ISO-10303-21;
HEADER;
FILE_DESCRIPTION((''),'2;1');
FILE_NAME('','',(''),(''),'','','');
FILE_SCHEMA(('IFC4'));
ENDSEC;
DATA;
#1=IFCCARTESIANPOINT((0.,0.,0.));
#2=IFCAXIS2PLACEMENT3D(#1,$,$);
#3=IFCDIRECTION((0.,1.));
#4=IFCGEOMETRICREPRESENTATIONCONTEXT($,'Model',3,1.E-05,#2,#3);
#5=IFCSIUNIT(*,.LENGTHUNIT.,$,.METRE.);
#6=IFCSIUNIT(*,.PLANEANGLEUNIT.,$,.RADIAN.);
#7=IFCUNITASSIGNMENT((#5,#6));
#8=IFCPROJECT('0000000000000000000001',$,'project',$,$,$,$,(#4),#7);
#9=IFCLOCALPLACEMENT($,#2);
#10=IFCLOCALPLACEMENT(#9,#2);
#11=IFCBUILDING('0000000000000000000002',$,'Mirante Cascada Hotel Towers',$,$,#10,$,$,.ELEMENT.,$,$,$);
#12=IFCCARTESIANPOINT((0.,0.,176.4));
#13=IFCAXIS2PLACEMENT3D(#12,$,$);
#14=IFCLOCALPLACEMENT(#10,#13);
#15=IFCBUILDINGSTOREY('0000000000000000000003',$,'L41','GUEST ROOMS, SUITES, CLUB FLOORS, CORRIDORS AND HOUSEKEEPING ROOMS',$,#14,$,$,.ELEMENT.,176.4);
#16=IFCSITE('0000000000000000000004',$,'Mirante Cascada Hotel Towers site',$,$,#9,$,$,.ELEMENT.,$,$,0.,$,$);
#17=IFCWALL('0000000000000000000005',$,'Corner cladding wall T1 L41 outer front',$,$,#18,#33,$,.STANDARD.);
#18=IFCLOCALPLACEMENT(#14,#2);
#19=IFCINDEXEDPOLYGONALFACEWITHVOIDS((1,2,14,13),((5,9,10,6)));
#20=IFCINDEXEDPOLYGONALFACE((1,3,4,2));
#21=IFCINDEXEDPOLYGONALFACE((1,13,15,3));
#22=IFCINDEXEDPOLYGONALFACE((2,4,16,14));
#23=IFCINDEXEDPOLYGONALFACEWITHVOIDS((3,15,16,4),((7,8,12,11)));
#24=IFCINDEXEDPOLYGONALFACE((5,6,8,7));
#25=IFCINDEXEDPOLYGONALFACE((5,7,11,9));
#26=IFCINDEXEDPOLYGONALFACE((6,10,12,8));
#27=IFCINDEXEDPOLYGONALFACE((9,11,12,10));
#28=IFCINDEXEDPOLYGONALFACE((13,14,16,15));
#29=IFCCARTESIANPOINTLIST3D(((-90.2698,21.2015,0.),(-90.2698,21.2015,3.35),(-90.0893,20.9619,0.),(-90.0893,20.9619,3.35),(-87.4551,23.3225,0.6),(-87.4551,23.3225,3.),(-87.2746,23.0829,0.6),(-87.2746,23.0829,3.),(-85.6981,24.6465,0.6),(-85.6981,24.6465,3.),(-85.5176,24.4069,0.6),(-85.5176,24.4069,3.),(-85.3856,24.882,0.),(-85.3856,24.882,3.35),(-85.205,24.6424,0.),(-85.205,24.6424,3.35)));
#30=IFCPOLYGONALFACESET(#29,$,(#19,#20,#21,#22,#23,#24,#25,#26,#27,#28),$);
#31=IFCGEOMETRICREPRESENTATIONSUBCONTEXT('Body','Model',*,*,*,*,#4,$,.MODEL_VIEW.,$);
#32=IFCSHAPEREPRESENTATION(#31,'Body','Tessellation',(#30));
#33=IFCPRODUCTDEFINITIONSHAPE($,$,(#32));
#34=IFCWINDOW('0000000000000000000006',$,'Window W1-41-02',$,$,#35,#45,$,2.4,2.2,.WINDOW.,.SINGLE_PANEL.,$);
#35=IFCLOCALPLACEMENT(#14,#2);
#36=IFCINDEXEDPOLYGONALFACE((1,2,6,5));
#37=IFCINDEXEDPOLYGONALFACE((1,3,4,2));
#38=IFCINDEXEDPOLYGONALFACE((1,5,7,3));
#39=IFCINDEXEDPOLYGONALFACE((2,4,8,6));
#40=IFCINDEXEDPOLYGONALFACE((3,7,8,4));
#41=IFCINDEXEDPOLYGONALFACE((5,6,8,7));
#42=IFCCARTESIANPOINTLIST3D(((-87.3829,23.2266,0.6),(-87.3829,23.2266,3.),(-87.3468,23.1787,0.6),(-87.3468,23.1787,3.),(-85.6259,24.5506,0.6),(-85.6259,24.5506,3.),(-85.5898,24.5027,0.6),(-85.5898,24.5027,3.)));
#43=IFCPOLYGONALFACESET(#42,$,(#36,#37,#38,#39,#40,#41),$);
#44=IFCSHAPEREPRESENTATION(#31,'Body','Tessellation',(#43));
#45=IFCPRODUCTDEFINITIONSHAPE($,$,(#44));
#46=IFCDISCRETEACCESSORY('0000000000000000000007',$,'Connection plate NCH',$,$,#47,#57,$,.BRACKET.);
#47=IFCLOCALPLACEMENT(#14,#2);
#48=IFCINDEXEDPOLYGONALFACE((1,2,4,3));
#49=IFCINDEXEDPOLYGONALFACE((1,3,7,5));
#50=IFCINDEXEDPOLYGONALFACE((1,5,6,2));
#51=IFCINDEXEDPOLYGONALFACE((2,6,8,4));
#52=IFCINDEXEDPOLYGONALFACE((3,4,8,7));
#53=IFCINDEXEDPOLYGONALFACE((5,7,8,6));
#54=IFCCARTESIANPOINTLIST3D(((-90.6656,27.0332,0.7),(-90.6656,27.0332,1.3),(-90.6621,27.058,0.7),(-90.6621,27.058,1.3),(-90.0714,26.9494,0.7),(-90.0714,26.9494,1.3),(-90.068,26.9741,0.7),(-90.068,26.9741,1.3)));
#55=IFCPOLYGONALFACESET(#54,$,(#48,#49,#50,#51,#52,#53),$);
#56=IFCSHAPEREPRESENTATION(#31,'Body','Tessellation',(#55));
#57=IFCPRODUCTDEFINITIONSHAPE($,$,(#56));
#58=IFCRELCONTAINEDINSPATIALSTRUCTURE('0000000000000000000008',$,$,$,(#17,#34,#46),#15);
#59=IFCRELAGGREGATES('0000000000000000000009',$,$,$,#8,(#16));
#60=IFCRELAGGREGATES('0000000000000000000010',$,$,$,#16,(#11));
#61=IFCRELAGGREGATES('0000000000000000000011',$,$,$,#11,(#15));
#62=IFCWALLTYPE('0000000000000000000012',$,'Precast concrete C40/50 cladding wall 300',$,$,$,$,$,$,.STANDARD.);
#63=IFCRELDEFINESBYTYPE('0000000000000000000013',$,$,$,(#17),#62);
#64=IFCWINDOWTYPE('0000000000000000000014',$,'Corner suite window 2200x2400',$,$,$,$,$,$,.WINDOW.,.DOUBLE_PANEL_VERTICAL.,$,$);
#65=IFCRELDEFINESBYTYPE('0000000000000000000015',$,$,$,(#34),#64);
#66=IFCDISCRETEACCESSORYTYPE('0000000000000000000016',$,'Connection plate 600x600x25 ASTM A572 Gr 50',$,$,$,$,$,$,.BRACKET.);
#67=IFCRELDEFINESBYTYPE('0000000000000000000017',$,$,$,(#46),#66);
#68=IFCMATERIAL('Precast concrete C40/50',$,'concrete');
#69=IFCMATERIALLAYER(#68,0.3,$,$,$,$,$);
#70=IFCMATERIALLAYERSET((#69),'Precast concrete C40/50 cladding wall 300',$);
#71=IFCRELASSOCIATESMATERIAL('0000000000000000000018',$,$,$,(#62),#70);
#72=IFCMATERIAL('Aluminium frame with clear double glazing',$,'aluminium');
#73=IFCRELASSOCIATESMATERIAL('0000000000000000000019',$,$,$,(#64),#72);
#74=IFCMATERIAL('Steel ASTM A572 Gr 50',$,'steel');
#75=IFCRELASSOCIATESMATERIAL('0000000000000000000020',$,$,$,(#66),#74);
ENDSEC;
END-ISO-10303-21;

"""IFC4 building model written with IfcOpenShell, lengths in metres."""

from ifc_helpers import new_model, si_unit, direction, frame, frame_2d, origin, origin_2d, place, context, subcontext, project, spatial, rectangle, extrude, material, layer, layer_set, material_profile, profile_set, type_object, element, fill, save


model = new_model("IFC4")

# Units and contexts
model_context = context("Model", 3, precision=1e-05, world=origin(), true_north=direction((0.0, 1.0)))
body_context = subcontext(model_context, "Body", "Model", "MODEL_VIEW")
ifc_project = project(units=[si_unit("LENGTHUNIT", "METRE"), si_unit("PLANEANGLEUNIT", "RADIAN")], contexts=[model_context])

# Site, building, storey
site_placement = place(None, origin())
site = spatial("IfcSite", under=ifc_project, at=site_placement, Name="Mirante Cascada Hotel Towers site", CompositionType="ELEMENT", RefElevation=0.0)
building_placement = place(site_placement, origin())
building = spatial("IfcBuilding", under=site, at=building_placement, Name="Mirante Cascada Hotel Towers", CompositionType="ELEMENT")
storey_placement = place(building_placement, frame((0.0, 0.0, 176.4)))
storey = spatial("IfcBuildingStorey", under=building, at=storey_placement, Name="L41", Description="GUEST ROOMS, SUITES, CLUB FLOORS, CORRIDORS AND HOUSEKEEPING ROOMS", CompositionType="ELEMENT", Elevation=176.4)

# Wall, opening, window
ifc_material_1 = material(Name="Precast concrete C40/50", Category="concrete")
ifc_layer_1 = layer(ifc_material_1, 0.3)
ifc_layer_set_1 = layer_set([ifc_layer_1], Name="Precast concrete C40/50 cladding wall 300")
wall_type_1 = type_object("IfcWallType", Name="Precast concrete C40/50 cladding wall 300", PredefinedType="STANDARD", material=ifc_layer_set_1)
wall_1_placement = place(storey_placement, frame((-90.1795, 21.0817, 0.0), z_axis=(0.0, 0.0, 1.0), x_axis=(0.798636, 0.601814, 0.0)))
wall_1 = element("IfcWall", 1, at=wall_1_placement, inside=storey, type_object=wall_type_1, Name="Corner cladding wall T1 L41 outer front", PredefinedType="STANDARD", context=body_context, shape_type="SweptSolid", body=[
    extrude(rectangle(XDim=6.1157, YDim=0.3, at=frame_2d((3.0578, 0.0))), origin(), (0.0, 0.0, 1.0), 3.35),
])
opening_placement = place(wall_1_placement, frame((3.5243, 0.0, 0.6)))
opening = element("IfcOpeningElement", 2, at=opening_placement, cuts=wall_1, PredefinedType="OPENING", context=body_context, shape_type="SweptSolid", body=[
    extrude(rectangle(XDim=2.2, YDim=2.4, at=frame_2d((1.1, 1.2))), frame((0.0, 0.15, 0.0), z_axis=(0.0, -1.0, 0.0), x_axis=(1.0, 0.0, 0.0)), (0.0, 0.0, 1.0), 0.3),
])
ifc_material_2 = material(Name="Aluminium frame with clear double glazing", Category="aluminium")
window_type = type_object("IfcWindowType", Name="Corner suite window 2200x2400", PartitioningType="DOUBLE_PANEL_VERTICAL", PredefinedType="WINDOW", material=ifc_material_2)
window_placement = place(opening_placement, origin())
window = element("IfcWindow", 3, at=window_placement, inside=storey, type_object=window_type, Name="Window W1-41-02", OverallHeight=2.4, OverallWidth=2.2, PartitioningType="SINGLE_PANEL", PredefinedType="WINDOW", context=body_context, shape_type="SweptSolid", body=[
    extrude(rectangle(XDim=2.2, YDim=2.4, at=frame_2d((1.1, 1.2))), frame((0.0, 0.03, 0.0), z_axis=(0.0, -1.0, 0.0), x_axis=(1.0, 0.0, 0.0)), (0.0, 0.0, 1.0), 0.06),
])
fill(opening, window)

# Discrete accessory
ifc_material_3 = material(Name="Steel ASTM A572 Gr 50", Category="steel")
ifc_material_profile_1 = material_profile(ifc_material_3, rectangle(XDim=0.6, YDim=0.6, at=origin_2d()), Name="Connection plate 600x600x25 ASTM A572 Gr 50")
ifc_profile_set_1 = profile_set([ifc_material_profile_1], Name="Steel ASTM A572 Gr 50")
discrete_accessory_type = type_object("IfcDiscreteAccessoryType", Name="Connection plate 600x600x25 ASTM A572 Gr 50", PredefinedType="BRACKET", material=ifc_profile_set_1)
discrete_accessory_placement = place(storey_placement, frame((-90.3685, 26.9913, 1.0), z_axis=(0.139744, 0.990188, 0.0), x_axis=(-0.990188, 0.139744, 0.0)))
element("IfcDiscreteAccessory", 4, at=discrete_accessory_placement, inside=storey, type_object=discrete_accessory_type, Name="Connection plate NCH", PredefinedType="BRACKET", context=body_context, shape_type="SweptSolid", body=[
    extrude(rectangle(XDim=0.6, YDim=0.6, at=origin_2d()), origin(), (0.0, 0.0, 1.0), 0.025),
])

save(model, "model.ifc")
